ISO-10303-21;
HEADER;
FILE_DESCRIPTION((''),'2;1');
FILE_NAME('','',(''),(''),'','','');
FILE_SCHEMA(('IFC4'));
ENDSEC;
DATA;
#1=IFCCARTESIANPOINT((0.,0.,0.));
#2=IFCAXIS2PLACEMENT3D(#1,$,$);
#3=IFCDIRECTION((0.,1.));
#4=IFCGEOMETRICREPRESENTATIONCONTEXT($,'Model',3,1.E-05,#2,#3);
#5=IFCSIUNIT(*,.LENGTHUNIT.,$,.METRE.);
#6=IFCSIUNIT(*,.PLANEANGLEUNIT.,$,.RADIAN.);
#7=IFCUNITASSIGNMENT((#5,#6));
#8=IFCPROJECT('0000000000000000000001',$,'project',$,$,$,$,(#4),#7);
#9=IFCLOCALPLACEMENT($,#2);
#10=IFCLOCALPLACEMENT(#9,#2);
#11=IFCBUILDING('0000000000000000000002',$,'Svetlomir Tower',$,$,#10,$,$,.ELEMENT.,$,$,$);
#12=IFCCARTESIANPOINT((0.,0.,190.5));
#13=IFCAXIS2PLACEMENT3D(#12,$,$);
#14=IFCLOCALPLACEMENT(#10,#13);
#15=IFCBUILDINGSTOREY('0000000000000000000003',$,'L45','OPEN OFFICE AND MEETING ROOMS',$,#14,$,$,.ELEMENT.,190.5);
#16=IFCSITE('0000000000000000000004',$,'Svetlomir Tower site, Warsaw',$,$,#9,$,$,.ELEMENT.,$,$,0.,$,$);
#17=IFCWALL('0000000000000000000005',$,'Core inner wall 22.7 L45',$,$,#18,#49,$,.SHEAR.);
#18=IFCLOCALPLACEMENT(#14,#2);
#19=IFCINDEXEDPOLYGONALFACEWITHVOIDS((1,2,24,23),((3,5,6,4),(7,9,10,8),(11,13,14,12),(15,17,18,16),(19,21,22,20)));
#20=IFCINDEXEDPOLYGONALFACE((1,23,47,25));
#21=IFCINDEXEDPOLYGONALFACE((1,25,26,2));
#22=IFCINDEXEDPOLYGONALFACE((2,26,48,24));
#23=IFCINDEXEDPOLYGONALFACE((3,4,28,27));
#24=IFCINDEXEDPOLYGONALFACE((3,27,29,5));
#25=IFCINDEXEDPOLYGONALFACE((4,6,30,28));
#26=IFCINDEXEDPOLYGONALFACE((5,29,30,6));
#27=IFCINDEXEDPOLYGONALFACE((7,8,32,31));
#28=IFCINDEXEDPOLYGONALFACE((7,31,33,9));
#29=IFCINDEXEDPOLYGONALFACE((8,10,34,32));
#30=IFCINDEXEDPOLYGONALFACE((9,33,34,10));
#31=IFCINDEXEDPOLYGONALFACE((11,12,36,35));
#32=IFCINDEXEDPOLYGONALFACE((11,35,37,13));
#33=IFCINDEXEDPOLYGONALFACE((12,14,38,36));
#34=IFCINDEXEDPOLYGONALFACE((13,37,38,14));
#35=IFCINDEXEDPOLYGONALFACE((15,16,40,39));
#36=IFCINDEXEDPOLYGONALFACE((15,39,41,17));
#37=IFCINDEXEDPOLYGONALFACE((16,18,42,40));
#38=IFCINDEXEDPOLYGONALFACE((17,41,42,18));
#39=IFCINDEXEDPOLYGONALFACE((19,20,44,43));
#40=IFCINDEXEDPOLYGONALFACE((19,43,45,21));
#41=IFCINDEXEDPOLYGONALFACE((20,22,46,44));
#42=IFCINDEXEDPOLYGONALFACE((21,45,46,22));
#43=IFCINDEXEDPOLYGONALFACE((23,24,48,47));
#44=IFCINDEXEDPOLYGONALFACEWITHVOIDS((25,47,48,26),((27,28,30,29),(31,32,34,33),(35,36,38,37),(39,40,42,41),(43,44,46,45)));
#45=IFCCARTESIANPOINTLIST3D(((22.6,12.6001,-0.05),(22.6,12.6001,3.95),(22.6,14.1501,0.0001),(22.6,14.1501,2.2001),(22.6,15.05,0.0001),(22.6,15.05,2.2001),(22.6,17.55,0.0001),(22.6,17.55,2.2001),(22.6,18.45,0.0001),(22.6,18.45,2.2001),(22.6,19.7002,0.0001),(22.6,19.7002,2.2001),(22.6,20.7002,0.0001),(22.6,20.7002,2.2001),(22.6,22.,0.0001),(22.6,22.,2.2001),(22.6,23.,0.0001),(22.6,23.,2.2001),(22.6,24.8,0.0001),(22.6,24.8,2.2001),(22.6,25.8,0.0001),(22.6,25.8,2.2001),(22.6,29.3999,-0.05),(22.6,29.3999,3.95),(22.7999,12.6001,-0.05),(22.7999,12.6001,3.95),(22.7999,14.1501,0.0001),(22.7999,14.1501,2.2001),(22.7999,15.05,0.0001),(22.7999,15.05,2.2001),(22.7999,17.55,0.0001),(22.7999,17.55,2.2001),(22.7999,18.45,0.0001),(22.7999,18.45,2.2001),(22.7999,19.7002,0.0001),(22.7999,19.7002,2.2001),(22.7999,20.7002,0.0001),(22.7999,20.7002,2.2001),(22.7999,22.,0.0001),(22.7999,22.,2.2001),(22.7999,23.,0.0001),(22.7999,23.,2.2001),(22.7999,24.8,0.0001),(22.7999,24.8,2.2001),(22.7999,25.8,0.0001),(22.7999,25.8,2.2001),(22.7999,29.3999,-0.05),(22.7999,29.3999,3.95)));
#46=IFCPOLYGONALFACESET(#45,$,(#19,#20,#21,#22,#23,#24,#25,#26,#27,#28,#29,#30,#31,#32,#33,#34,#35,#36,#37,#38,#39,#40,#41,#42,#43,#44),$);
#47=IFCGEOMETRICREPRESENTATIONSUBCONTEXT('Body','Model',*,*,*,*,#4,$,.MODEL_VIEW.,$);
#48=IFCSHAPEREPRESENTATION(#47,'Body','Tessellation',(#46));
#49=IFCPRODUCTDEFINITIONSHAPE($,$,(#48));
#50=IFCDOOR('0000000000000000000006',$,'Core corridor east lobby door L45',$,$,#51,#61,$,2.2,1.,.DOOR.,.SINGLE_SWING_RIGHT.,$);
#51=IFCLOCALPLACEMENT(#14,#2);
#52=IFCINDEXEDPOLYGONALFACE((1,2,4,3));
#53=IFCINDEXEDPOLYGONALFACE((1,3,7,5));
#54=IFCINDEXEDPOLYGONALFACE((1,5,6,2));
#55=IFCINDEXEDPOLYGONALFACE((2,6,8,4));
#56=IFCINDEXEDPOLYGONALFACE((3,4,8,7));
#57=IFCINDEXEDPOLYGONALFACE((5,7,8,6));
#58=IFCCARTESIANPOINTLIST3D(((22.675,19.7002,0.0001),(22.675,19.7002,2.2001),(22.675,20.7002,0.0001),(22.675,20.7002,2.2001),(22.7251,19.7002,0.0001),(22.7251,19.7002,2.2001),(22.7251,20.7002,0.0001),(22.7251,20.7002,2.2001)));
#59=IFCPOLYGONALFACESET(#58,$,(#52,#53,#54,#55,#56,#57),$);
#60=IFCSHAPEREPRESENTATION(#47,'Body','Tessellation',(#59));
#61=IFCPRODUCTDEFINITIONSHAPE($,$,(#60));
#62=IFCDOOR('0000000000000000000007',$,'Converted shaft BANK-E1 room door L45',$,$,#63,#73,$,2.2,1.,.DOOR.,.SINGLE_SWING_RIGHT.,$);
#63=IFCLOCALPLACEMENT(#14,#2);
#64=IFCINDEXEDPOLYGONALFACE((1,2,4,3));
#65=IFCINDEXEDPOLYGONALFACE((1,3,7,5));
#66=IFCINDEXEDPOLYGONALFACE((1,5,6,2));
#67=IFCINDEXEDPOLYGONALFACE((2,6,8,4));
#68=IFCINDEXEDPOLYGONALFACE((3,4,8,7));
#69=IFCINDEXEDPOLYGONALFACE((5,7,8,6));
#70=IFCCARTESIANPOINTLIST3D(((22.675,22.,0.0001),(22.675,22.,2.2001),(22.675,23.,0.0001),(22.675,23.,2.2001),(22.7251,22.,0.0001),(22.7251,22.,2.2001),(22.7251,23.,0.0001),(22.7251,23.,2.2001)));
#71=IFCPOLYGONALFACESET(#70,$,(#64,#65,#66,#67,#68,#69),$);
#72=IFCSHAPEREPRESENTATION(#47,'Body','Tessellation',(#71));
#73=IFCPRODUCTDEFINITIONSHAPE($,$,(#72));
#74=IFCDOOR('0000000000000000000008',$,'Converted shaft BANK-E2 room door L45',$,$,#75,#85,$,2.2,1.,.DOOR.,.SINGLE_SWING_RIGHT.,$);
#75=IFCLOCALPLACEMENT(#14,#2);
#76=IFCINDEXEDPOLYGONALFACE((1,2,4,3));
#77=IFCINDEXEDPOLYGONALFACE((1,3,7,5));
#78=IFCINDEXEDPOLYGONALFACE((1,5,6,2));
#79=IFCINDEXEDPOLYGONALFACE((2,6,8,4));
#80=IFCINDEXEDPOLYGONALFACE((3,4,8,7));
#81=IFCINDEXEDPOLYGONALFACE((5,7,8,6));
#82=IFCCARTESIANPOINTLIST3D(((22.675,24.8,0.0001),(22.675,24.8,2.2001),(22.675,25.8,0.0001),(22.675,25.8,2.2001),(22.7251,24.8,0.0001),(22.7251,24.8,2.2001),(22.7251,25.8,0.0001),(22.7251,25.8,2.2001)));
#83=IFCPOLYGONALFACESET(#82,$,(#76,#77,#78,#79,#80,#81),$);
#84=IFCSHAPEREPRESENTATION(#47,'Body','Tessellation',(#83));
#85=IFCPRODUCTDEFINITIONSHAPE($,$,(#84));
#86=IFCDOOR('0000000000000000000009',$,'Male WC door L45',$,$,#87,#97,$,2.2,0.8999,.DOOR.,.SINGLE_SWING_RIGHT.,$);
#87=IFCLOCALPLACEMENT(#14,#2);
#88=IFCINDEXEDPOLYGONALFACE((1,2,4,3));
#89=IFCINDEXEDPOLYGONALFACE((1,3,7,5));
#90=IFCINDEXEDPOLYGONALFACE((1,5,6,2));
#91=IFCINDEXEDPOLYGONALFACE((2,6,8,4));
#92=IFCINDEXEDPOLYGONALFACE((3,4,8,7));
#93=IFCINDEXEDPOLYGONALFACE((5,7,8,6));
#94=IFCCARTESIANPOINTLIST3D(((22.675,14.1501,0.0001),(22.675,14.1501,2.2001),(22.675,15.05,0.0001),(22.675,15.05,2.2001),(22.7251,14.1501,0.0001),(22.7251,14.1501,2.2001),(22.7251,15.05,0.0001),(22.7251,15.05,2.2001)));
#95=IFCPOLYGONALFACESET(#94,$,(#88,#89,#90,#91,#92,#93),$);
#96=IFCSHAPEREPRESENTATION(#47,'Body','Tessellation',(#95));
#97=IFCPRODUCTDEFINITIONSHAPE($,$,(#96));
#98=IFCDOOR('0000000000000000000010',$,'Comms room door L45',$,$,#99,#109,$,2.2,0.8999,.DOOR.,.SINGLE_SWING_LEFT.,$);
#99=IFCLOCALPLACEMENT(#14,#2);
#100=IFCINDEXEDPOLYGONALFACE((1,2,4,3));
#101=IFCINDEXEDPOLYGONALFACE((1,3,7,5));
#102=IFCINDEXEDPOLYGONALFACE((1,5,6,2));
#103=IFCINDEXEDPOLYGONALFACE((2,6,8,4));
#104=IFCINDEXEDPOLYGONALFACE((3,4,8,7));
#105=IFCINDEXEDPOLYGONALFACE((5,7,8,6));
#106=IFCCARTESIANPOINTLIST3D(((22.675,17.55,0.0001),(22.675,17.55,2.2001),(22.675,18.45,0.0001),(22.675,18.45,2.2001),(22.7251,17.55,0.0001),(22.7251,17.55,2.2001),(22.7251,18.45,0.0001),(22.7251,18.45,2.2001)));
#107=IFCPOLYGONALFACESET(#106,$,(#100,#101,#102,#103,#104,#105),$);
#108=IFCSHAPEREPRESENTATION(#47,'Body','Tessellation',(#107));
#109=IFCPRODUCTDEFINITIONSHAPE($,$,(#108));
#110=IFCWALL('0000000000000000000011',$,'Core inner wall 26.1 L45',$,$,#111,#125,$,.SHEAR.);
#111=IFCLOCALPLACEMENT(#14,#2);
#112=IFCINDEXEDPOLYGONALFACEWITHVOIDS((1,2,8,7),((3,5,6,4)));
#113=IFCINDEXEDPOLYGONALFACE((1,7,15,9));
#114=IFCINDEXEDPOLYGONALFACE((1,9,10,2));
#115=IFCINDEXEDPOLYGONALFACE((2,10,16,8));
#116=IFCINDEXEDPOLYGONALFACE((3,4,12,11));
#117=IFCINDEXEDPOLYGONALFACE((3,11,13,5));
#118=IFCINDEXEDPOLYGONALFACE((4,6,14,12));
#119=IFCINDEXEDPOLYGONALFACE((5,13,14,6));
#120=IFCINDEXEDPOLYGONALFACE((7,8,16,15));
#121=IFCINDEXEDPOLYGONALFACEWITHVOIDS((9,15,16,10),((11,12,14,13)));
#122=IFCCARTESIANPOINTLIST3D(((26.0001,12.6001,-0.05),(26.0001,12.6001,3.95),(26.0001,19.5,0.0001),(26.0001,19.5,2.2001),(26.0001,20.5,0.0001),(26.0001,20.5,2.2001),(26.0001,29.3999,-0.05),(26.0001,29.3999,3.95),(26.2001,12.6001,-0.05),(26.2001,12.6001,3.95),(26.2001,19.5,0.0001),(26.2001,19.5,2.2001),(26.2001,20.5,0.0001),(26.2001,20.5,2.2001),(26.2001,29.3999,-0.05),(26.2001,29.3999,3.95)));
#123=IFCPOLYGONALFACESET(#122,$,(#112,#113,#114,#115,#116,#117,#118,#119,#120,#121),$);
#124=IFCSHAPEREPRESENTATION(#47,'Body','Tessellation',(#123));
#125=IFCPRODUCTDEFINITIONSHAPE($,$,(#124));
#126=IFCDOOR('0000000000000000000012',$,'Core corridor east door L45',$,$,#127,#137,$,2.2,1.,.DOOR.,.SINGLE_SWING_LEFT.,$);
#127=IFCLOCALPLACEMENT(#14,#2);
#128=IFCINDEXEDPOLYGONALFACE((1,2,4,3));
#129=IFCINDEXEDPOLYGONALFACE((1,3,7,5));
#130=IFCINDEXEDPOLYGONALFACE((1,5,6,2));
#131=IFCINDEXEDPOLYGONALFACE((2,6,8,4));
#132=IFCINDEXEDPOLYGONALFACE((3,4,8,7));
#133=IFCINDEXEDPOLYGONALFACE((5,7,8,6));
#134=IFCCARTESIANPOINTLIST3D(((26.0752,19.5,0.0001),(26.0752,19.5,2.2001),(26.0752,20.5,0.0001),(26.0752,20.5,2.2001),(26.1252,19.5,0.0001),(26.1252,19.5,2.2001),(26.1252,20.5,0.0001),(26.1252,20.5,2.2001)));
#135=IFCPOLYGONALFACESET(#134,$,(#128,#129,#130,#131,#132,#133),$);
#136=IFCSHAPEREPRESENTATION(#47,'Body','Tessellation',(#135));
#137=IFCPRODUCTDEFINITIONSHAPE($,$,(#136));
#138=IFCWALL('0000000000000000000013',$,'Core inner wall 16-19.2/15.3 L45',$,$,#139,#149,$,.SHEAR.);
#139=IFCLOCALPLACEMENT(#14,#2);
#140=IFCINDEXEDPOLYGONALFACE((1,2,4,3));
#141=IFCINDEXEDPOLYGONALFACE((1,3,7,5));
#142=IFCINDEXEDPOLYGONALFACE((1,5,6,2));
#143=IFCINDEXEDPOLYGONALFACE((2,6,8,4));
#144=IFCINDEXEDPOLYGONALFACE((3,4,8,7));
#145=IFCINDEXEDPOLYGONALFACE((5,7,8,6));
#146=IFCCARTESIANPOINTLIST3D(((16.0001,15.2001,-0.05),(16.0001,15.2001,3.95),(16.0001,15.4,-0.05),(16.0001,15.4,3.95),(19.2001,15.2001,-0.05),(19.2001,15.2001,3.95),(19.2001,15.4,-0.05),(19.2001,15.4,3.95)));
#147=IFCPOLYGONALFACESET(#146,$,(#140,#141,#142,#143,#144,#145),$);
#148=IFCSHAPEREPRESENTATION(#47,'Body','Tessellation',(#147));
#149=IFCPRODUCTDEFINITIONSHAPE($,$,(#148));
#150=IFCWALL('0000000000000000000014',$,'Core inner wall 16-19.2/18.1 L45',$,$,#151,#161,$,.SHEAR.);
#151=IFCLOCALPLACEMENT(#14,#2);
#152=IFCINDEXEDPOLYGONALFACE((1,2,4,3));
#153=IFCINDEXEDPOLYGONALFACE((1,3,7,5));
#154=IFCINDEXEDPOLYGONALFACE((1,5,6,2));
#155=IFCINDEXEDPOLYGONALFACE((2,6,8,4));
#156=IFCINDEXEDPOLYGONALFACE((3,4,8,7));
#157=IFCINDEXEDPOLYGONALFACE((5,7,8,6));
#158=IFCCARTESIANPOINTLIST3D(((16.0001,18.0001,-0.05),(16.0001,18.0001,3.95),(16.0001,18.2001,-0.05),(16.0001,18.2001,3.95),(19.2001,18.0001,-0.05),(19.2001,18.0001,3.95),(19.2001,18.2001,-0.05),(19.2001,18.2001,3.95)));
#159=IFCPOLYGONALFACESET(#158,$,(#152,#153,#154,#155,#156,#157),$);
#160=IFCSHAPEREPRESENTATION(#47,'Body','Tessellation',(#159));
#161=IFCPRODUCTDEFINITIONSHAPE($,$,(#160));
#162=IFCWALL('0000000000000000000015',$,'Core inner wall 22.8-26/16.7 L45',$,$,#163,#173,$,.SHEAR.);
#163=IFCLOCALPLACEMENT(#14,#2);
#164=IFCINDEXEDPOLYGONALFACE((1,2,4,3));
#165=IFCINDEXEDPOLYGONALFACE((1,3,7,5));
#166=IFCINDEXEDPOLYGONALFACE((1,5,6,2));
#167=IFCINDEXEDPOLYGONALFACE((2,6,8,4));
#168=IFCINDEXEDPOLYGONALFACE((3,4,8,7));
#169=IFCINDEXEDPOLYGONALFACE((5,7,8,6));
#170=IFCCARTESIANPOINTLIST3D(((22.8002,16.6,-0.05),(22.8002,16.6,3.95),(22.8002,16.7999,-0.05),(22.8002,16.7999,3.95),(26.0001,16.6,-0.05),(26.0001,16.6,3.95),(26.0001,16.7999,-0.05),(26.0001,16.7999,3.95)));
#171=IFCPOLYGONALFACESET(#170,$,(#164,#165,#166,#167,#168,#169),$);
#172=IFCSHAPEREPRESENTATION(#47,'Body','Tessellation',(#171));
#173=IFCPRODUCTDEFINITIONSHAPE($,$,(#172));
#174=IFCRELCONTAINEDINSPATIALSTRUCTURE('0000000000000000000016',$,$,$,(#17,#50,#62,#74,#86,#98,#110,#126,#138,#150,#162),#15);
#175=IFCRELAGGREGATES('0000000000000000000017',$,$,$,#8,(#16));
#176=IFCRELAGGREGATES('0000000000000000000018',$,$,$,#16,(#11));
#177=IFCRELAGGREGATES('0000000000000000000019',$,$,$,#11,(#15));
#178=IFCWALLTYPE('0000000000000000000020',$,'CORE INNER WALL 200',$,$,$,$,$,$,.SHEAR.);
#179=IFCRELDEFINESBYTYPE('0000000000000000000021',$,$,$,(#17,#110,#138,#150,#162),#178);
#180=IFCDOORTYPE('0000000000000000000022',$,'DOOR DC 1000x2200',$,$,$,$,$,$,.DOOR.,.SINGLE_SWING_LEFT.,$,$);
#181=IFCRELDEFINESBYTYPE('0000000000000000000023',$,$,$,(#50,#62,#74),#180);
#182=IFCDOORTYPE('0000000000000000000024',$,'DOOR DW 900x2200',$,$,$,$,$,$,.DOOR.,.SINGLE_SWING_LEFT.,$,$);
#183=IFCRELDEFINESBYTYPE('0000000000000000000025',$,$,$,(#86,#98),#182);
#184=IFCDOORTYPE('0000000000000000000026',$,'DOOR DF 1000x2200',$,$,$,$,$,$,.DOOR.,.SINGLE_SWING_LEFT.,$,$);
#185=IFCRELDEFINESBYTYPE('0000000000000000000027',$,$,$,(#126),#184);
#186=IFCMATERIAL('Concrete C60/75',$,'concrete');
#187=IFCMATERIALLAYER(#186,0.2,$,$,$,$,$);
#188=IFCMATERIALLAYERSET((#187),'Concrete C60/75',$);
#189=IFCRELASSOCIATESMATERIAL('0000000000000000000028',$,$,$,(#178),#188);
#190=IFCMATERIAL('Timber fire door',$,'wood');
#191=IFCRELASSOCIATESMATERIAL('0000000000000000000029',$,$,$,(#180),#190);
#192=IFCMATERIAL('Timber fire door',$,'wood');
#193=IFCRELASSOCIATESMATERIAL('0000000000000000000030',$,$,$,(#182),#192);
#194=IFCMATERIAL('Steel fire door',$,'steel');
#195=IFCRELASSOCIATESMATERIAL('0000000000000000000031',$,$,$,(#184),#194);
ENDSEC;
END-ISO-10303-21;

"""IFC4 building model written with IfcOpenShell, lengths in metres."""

from ifc_helpers import new_model, si_unit, direction, frame, frame_2d, origin, place, context, subcontext, project, spatial, rectangle, extrude, material, layer, layer_set, type_object, element, fill, save


model = new_model("IFC4")

# Units and contexts
model_context = context("Model", 3, precision=1e-05, world=origin(), true_north=direction((0.0, 1.0)))
body_context = subcontext(model_context, "Body", "Model", "MODEL_VIEW")
ifc_project = project(units=[si_unit("LENGTHUNIT", "METRE"), si_unit("PLANEANGLEUNIT", "RADIAN")], contexts=[model_context])

# Site, building, storey
site_placement = place(None, origin())
site = spatial("IfcSite", under=ifc_project, at=site_placement, Name="Svetlomir Tower site, Warsaw", CompositionType="ELEMENT", RefElevation=0.0)
building_placement = place(site_placement, origin())
building = spatial("IfcBuilding", under=site, at=building_placement, Name="Svetlomir Tower", CompositionType="ELEMENT")
storey_placement = place(building_placement, frame((0.0, 0.0, 190.5)))
storey = spatial("IfcBuildingStorey", under=building, at=storey_placement, Name="L45", Description="OPEN OFFICE AND MEETING ROOMS", CompositionType="ELEMENT", Elevation=190.5)

# Wall, openings, doors
ifc_material_1 = material(Name="Concrete C60/75", Category="concrete")
ifc_layer_1 = layer(ifc_material_1, 0.2)
ifc_layer_set_1 = layer_set([ifc_layer_1], Name="Concrete C60/75")
wall_type_1 = type_object("IfcWallType", Name="CORE INNER WALL 200", PredefinedType="SHEAR", material=ifc_layer_set_1)
wall_1_placement = place(storey_placement, frame((22.7, 12.6001, -0.05), z_axis=(0.0, 0.0, 1.0), x_axis=(0.0, 1.0, 0.0)))
wall_1 = element("IfcWall", 1, at=wall_1_placement, inside=storey, type_object=wall_type_1, Name="Core inner wall 22.7 L45", PredefinedType="SHEAR", context=body_context, shape_type="SweptSolid", body=[
    extrude(rectangle(XDim=16.7998, YDim=0.2, at=frame_2d((8.3999, 0.0))), origin(), (0.0, 0.0, 1.0), 4.0),
])
opening_1_placement = place(wall_1_placement, frame((7.1001, 0.0, 0.05)))
opening_1 = element("IfcOpeningElement", 2, at=opening_1_placement, cuts=wall_1, PredefinedType="OPENING", context=body_context, shape_type="SweptSolid", body=[
    extrude(rectangle(XDim=1.0, YDim=2.2, at=frame_2d((0.5, 1.1001))), frame((0.0, 0.1099, 0.0), z_axis=(0.0, -1.0, 0.0), x_axis=(1.0, 0.0, 0.0)), (0.0, 0.0, 1.0), 0.22),
])
opening_2_placement = place(wall_1_placement, frame((1.55, 0.0, 0.05)))
opening_2 = element("IfcOpeningElement", 3, at=opening_2_placement, cuts=wall_1, PredefinedType="OPENING", context=body_context, shape_type="SweptSolid", body=[
    extrude(rectangle(XDim=0.8999, YDim=2.2, at=frame_2d((0.45, 1.1001))), frame((0.0, 0.1099, 0.0), z_axis=(0.0, -1.0, 0.0), x_axis=(1.0, 0.0, 0.0)), (0.0, 0.0, 1.0), 0.22),
])
opening_3_placement = place(wall_1_placement, frame((4.95, 0.0, 0.05)))
opening_3 = element("IfcOpeningElement", 4, at=opening_3_placement, cuts=wall_1, PredefinedType="OPENING", context=body_context, shape_type="SweptSolid", body=[
    extrude(rectangle(XDim=0.8999, YDim=2.2, at=frame_2d((0.45, 1.1001))), frame((0.0, 0.1099, 0.0), z_axis=(0.0, -1.0, 0.0), x_axis=(1.0, 0.0, 0.0)), (0.0, 0.0, 1.0), 0.22),
])
opening_4_placement = place(wall_1_placement, frame((9.3999, 0.0, 0.05)))
opening_4 = element("IfcOpeningElement", 5, at=opening_4_placement, cuts=wall_1, PredefinedType="OPENING", context=body_context, shape_type="SweptSolid", body=[
    extrude(rectangle(XDim=1.0, YDim=2.2, at=frame_2d((0.5, 1.1001))), frame((0.0, 0.1099, 0.0), z_axis=(0.0, -1.0, 0.0), x_axis=(1.0, 0.0, 0.0)), (0.0, 0.0, 1.0), 0.22),
])
opening_5_placement = place(wall_1_placement, frame((12.2, 0.0, 0.05)))
opening_5 = element("IfcOpeningElement", 6, at=opening_5_placement, cuts=wall_1, PredefinedType="OPENING", context=body_context, shape_type="SweptSolid", body=[
    extrude(rectangle(XDim=1.0, YDim=2.2, at=frame_2d((0.5, 1.1001))), frame((0.0, 0.1099, 0.0), z_axis=(0.0, -1.0, 0.0), x_axis=(1.0, 0.0, 0.0)), (0.0, 0.0, 1.0), 0.22),
])
ifc_material_2 = material(Name="Timber fire door", Category="wood")
door_type_1 = type_object("IfcDoorType", Name="DOOR DC 1000x2200", OperationType="SINGLE_SWING_LEFT", PredefinedType="DOOR", material=ifc_material_2)
door_1_placement = place(opening_1_placement, origin())
door_1 = element("IfcDoor", 7, at=door_1_placement, inside=storey, type_object=door_type_1, Name="Core corridor east lobby door L45", OperationType="SINGLE_SWING_RIGHT", OverallHeight=2.2, OverallWidth=1.0, PredefinedType="DOOR", context=body_context, shape_type="SweptSolid", body=[
    extrude(rectangle(XDim=1.0, YDim=2.2, at=frame_2d((0.5, 1.1001))), frame((0.0, 0.0249, 0.0), z_axis=(0.0, -1.0, 0.0), x_axis=(1.0, 0.0, 0.0)), (0.0, 0.0, 1.0), 0.05),
])
fill(opening_1, door_1)
door_2_placement = place(opening_4_placement, origin())
door_2 = element("IfcDoor", 8, at=door_2_placement, inside=storey, type_object=door_type_1, Name="Converted shaft BANK-E1 room door L45", OperationType="SINGLE_SWING_RIGHT", OverallHeight=2.2, OverallWidth=1.0, PredefinedType="DOOR", context=body_context, shape_type="SweptSolid", body=[
    extrude(rectangle(XDim=1.0, YDim=2.2, at=frame_2d((0.5, 1.1001))), frame((0.0, 0.0249, 0.0), z_axis=(0.0, -1.0, 0.0), x_axis=(1.0, 0.0, 0.0)), (0.0, 0.0, 1.0), 0.05),
])
fill(opening_4, door_2)
door_3_placement = place(opening_5_placement, origin())
door_3 = element("IfcDoor", 9, at=door_3_placement, inside=storey, type_object=door_type_1, Name="Converted shaft BANK-E2 room door L45", OperationType="SINGLE_SWING_RIGHT", OverallHeight=2.2, OverallWidth=1.0, PredefinedType="DOOR", context=body_context, shape_type="SweptSolid", body=[
    extrude(rectangle(XDim=1.0, YDim=2.2, at=frame_2d((0.5, 1.1001))), frame((0.0, 0.0249, 0.0), z_axis=(0.0, -1.0, 0.0), x_axis=(1.0, 0.0, 0.0)), (0.0, 0.0, 1.0), 0.05),
])
fill(opening_5, door_3)
ifc_material_3 = material(Name="Timber fire door", Category="wood")
door_type_2 = type_object("IfcDoorType", Name="DOOR DW 900x2200", OperationType="SINGLE_SWING_LEFT", PredefinedType="DOOR", material=ifc_material_3)
door_4_placement = place(opening_2_placement, origin())
door_4 = element("IfcDoor", 10, at=door_4_placement, inside=storey, type_object=door_type_2, Name="Male WC door L45", OperationType="SINGLE_SWING_RIGHT", OverallHeight=2.2, OverallWidth=0.8999, PredefinedType="DOOR", context=body_context, shape_type="SweptSolid", body=[
    extrude(rectangle(XDim=0.8999, YDim=2.2, at=frame_2d((0.45, 1.1001))), frame((0.0, 0.0249, 0.0), z_axis=(0.0, -1.0, 0.0), x_axis=(1.0, 0.0, 0.0)), (0.0, 0.0, 1.0), 0.05),
])
fill(opening_2, door_4)
door_5_placement = place(opening_3_placement, origin())
door_5 = element("IfcDoor", 11, at=door_5_placement, inside=storey, type_object=door_type_2, Name="Comms room door L45", OperationType="SINGLE_SWING_LEFT", OverallHeight=2.2, OverallWidth=0.8999, PredefinedType="DOOR", context=body_context, shape_type="SweptSolid", body=[
    extrude(rectangle(XDim=0.8999, YDim=2.2, at=frame_2d((0.45, 1.1001))), frame((0.0, 0.0249, 0.0), z_axis=(0.0, -1.0, 0.0), x_axis=(1.0, 0.0, 0.0)), (0.0, 0.0, 1.0), 0.05),
])
fill(opening_3, door_5)

# Wall, opening, door
wall_2_placement = place(storey_placement, frame((26.1001, 12.6001, -0.05), z_axis=(0.0, 0.0, 1.0), x_axis=(0.0, 1.0, 0.0)))
wall_2 = element("IfcWall", 12, at=wall_2_placement, inside=storey, type_object=wall_type_1, Name="Core inner wall 26.1 L45", PredefinedType="SHEAR", context=body_context, shape_type="SweptSolid", body=[
    extrude(rectangle(XDim=16.7998, YDim=0.2, at=frame_2d((8.3999, 0.0))), origin(), (0.0, 0.0, 1.0), 4.0),
])
opening_6_placement = place(wall_2_placement, frame((6.8999, 0.0, 0.05)))
opening_6 = element("IfcOpeningElement", 13, at=opening_6_placement, cuts=wall_2, PredefinedType="OPENING", context=body_context, shape_type="SweptSolid", body=[
    extrude(rectangle(XDim=1.0, YDim=2.2, at=frame_2d((0.5, 1.1001))), frame((0.0, 0.1099, 0.0), z_axis=(0.0, -1.0, 0.0), x_axis=(1.0, 0.0, 0.0)), (0.0, 0.0, 1.0), 0.22),
])
ifc_material_4 = material(Name="Steel fire door", Category="steel")
door_type_3 = type_object("IfcDoorType", Name="DOOR DF 1000x2200", OperationType="SINGLE_SWING_LEFT", PredefinedType="DOOR", material=ifc_material_4)
door_6_placement = place(opening_6_placement, origin())
door_6 = element("IfcDoor", 14, at=door_6_placement, inside=storey, type_object=door_type_3, Name="Core corridor east door L45", OperationType="SINGLE_SWING_LEFT", OverallHeight=2.2, OverallWidth=1.0, PredefinedType="DOOR", context=body_context, shape_type="SweptSolid", body=[
    extrude(rectangle(XDim=1.0, YDim=2.2, at=frame_2d((0.5, 1.1001))), frame((0.0, 0.0249, 0.0), z_axis=(0.0, -1.0, 0.0), x_axis=(1.0, 0.0, 0.0)), (0.0, 0.0, 1.0), 0.05),
])
fill(opening_6, door_6)

# Walls
for number, where, z_axis, x_axis, name in (
    (15, (16.0, 15.3, -0.05), (0.0, 0.0, 1.0), (1.0, 0.0, 0.0), "Core inner wall 16-19.2/15.3 L45"),
    (16, (16.0, 18.1001, -0.05), (0.0, 0.0, 1.0), (1.0, 0.0, 0.0), "Core inner wall 16-19.2/18.1 L45"),
    (17, (22.8, 16.7, -0.05), (0.0, 0.0, 1.0), (1.0, 0.0, 0.0), "Core inner wall 22.8-26/16.7 L45"),
):
    element("IfcWall", number, at=place(storey_placement, frame(where, z_axis=z_axis, x_axis=x_axis)), inside=storey, type_object=wall_type_1, Name=name, PredefinedType="SHEAR", context=body_context, shape_type="SweptSolid", body=[
        extrude(rectangle(XDim=3.2, YDim=0.2, at=frame_2d((1.6001, 0.0))), origin(), (0.0, 0.0, 1.0), 4.0),
    ])

save(model, "model.ifc")
